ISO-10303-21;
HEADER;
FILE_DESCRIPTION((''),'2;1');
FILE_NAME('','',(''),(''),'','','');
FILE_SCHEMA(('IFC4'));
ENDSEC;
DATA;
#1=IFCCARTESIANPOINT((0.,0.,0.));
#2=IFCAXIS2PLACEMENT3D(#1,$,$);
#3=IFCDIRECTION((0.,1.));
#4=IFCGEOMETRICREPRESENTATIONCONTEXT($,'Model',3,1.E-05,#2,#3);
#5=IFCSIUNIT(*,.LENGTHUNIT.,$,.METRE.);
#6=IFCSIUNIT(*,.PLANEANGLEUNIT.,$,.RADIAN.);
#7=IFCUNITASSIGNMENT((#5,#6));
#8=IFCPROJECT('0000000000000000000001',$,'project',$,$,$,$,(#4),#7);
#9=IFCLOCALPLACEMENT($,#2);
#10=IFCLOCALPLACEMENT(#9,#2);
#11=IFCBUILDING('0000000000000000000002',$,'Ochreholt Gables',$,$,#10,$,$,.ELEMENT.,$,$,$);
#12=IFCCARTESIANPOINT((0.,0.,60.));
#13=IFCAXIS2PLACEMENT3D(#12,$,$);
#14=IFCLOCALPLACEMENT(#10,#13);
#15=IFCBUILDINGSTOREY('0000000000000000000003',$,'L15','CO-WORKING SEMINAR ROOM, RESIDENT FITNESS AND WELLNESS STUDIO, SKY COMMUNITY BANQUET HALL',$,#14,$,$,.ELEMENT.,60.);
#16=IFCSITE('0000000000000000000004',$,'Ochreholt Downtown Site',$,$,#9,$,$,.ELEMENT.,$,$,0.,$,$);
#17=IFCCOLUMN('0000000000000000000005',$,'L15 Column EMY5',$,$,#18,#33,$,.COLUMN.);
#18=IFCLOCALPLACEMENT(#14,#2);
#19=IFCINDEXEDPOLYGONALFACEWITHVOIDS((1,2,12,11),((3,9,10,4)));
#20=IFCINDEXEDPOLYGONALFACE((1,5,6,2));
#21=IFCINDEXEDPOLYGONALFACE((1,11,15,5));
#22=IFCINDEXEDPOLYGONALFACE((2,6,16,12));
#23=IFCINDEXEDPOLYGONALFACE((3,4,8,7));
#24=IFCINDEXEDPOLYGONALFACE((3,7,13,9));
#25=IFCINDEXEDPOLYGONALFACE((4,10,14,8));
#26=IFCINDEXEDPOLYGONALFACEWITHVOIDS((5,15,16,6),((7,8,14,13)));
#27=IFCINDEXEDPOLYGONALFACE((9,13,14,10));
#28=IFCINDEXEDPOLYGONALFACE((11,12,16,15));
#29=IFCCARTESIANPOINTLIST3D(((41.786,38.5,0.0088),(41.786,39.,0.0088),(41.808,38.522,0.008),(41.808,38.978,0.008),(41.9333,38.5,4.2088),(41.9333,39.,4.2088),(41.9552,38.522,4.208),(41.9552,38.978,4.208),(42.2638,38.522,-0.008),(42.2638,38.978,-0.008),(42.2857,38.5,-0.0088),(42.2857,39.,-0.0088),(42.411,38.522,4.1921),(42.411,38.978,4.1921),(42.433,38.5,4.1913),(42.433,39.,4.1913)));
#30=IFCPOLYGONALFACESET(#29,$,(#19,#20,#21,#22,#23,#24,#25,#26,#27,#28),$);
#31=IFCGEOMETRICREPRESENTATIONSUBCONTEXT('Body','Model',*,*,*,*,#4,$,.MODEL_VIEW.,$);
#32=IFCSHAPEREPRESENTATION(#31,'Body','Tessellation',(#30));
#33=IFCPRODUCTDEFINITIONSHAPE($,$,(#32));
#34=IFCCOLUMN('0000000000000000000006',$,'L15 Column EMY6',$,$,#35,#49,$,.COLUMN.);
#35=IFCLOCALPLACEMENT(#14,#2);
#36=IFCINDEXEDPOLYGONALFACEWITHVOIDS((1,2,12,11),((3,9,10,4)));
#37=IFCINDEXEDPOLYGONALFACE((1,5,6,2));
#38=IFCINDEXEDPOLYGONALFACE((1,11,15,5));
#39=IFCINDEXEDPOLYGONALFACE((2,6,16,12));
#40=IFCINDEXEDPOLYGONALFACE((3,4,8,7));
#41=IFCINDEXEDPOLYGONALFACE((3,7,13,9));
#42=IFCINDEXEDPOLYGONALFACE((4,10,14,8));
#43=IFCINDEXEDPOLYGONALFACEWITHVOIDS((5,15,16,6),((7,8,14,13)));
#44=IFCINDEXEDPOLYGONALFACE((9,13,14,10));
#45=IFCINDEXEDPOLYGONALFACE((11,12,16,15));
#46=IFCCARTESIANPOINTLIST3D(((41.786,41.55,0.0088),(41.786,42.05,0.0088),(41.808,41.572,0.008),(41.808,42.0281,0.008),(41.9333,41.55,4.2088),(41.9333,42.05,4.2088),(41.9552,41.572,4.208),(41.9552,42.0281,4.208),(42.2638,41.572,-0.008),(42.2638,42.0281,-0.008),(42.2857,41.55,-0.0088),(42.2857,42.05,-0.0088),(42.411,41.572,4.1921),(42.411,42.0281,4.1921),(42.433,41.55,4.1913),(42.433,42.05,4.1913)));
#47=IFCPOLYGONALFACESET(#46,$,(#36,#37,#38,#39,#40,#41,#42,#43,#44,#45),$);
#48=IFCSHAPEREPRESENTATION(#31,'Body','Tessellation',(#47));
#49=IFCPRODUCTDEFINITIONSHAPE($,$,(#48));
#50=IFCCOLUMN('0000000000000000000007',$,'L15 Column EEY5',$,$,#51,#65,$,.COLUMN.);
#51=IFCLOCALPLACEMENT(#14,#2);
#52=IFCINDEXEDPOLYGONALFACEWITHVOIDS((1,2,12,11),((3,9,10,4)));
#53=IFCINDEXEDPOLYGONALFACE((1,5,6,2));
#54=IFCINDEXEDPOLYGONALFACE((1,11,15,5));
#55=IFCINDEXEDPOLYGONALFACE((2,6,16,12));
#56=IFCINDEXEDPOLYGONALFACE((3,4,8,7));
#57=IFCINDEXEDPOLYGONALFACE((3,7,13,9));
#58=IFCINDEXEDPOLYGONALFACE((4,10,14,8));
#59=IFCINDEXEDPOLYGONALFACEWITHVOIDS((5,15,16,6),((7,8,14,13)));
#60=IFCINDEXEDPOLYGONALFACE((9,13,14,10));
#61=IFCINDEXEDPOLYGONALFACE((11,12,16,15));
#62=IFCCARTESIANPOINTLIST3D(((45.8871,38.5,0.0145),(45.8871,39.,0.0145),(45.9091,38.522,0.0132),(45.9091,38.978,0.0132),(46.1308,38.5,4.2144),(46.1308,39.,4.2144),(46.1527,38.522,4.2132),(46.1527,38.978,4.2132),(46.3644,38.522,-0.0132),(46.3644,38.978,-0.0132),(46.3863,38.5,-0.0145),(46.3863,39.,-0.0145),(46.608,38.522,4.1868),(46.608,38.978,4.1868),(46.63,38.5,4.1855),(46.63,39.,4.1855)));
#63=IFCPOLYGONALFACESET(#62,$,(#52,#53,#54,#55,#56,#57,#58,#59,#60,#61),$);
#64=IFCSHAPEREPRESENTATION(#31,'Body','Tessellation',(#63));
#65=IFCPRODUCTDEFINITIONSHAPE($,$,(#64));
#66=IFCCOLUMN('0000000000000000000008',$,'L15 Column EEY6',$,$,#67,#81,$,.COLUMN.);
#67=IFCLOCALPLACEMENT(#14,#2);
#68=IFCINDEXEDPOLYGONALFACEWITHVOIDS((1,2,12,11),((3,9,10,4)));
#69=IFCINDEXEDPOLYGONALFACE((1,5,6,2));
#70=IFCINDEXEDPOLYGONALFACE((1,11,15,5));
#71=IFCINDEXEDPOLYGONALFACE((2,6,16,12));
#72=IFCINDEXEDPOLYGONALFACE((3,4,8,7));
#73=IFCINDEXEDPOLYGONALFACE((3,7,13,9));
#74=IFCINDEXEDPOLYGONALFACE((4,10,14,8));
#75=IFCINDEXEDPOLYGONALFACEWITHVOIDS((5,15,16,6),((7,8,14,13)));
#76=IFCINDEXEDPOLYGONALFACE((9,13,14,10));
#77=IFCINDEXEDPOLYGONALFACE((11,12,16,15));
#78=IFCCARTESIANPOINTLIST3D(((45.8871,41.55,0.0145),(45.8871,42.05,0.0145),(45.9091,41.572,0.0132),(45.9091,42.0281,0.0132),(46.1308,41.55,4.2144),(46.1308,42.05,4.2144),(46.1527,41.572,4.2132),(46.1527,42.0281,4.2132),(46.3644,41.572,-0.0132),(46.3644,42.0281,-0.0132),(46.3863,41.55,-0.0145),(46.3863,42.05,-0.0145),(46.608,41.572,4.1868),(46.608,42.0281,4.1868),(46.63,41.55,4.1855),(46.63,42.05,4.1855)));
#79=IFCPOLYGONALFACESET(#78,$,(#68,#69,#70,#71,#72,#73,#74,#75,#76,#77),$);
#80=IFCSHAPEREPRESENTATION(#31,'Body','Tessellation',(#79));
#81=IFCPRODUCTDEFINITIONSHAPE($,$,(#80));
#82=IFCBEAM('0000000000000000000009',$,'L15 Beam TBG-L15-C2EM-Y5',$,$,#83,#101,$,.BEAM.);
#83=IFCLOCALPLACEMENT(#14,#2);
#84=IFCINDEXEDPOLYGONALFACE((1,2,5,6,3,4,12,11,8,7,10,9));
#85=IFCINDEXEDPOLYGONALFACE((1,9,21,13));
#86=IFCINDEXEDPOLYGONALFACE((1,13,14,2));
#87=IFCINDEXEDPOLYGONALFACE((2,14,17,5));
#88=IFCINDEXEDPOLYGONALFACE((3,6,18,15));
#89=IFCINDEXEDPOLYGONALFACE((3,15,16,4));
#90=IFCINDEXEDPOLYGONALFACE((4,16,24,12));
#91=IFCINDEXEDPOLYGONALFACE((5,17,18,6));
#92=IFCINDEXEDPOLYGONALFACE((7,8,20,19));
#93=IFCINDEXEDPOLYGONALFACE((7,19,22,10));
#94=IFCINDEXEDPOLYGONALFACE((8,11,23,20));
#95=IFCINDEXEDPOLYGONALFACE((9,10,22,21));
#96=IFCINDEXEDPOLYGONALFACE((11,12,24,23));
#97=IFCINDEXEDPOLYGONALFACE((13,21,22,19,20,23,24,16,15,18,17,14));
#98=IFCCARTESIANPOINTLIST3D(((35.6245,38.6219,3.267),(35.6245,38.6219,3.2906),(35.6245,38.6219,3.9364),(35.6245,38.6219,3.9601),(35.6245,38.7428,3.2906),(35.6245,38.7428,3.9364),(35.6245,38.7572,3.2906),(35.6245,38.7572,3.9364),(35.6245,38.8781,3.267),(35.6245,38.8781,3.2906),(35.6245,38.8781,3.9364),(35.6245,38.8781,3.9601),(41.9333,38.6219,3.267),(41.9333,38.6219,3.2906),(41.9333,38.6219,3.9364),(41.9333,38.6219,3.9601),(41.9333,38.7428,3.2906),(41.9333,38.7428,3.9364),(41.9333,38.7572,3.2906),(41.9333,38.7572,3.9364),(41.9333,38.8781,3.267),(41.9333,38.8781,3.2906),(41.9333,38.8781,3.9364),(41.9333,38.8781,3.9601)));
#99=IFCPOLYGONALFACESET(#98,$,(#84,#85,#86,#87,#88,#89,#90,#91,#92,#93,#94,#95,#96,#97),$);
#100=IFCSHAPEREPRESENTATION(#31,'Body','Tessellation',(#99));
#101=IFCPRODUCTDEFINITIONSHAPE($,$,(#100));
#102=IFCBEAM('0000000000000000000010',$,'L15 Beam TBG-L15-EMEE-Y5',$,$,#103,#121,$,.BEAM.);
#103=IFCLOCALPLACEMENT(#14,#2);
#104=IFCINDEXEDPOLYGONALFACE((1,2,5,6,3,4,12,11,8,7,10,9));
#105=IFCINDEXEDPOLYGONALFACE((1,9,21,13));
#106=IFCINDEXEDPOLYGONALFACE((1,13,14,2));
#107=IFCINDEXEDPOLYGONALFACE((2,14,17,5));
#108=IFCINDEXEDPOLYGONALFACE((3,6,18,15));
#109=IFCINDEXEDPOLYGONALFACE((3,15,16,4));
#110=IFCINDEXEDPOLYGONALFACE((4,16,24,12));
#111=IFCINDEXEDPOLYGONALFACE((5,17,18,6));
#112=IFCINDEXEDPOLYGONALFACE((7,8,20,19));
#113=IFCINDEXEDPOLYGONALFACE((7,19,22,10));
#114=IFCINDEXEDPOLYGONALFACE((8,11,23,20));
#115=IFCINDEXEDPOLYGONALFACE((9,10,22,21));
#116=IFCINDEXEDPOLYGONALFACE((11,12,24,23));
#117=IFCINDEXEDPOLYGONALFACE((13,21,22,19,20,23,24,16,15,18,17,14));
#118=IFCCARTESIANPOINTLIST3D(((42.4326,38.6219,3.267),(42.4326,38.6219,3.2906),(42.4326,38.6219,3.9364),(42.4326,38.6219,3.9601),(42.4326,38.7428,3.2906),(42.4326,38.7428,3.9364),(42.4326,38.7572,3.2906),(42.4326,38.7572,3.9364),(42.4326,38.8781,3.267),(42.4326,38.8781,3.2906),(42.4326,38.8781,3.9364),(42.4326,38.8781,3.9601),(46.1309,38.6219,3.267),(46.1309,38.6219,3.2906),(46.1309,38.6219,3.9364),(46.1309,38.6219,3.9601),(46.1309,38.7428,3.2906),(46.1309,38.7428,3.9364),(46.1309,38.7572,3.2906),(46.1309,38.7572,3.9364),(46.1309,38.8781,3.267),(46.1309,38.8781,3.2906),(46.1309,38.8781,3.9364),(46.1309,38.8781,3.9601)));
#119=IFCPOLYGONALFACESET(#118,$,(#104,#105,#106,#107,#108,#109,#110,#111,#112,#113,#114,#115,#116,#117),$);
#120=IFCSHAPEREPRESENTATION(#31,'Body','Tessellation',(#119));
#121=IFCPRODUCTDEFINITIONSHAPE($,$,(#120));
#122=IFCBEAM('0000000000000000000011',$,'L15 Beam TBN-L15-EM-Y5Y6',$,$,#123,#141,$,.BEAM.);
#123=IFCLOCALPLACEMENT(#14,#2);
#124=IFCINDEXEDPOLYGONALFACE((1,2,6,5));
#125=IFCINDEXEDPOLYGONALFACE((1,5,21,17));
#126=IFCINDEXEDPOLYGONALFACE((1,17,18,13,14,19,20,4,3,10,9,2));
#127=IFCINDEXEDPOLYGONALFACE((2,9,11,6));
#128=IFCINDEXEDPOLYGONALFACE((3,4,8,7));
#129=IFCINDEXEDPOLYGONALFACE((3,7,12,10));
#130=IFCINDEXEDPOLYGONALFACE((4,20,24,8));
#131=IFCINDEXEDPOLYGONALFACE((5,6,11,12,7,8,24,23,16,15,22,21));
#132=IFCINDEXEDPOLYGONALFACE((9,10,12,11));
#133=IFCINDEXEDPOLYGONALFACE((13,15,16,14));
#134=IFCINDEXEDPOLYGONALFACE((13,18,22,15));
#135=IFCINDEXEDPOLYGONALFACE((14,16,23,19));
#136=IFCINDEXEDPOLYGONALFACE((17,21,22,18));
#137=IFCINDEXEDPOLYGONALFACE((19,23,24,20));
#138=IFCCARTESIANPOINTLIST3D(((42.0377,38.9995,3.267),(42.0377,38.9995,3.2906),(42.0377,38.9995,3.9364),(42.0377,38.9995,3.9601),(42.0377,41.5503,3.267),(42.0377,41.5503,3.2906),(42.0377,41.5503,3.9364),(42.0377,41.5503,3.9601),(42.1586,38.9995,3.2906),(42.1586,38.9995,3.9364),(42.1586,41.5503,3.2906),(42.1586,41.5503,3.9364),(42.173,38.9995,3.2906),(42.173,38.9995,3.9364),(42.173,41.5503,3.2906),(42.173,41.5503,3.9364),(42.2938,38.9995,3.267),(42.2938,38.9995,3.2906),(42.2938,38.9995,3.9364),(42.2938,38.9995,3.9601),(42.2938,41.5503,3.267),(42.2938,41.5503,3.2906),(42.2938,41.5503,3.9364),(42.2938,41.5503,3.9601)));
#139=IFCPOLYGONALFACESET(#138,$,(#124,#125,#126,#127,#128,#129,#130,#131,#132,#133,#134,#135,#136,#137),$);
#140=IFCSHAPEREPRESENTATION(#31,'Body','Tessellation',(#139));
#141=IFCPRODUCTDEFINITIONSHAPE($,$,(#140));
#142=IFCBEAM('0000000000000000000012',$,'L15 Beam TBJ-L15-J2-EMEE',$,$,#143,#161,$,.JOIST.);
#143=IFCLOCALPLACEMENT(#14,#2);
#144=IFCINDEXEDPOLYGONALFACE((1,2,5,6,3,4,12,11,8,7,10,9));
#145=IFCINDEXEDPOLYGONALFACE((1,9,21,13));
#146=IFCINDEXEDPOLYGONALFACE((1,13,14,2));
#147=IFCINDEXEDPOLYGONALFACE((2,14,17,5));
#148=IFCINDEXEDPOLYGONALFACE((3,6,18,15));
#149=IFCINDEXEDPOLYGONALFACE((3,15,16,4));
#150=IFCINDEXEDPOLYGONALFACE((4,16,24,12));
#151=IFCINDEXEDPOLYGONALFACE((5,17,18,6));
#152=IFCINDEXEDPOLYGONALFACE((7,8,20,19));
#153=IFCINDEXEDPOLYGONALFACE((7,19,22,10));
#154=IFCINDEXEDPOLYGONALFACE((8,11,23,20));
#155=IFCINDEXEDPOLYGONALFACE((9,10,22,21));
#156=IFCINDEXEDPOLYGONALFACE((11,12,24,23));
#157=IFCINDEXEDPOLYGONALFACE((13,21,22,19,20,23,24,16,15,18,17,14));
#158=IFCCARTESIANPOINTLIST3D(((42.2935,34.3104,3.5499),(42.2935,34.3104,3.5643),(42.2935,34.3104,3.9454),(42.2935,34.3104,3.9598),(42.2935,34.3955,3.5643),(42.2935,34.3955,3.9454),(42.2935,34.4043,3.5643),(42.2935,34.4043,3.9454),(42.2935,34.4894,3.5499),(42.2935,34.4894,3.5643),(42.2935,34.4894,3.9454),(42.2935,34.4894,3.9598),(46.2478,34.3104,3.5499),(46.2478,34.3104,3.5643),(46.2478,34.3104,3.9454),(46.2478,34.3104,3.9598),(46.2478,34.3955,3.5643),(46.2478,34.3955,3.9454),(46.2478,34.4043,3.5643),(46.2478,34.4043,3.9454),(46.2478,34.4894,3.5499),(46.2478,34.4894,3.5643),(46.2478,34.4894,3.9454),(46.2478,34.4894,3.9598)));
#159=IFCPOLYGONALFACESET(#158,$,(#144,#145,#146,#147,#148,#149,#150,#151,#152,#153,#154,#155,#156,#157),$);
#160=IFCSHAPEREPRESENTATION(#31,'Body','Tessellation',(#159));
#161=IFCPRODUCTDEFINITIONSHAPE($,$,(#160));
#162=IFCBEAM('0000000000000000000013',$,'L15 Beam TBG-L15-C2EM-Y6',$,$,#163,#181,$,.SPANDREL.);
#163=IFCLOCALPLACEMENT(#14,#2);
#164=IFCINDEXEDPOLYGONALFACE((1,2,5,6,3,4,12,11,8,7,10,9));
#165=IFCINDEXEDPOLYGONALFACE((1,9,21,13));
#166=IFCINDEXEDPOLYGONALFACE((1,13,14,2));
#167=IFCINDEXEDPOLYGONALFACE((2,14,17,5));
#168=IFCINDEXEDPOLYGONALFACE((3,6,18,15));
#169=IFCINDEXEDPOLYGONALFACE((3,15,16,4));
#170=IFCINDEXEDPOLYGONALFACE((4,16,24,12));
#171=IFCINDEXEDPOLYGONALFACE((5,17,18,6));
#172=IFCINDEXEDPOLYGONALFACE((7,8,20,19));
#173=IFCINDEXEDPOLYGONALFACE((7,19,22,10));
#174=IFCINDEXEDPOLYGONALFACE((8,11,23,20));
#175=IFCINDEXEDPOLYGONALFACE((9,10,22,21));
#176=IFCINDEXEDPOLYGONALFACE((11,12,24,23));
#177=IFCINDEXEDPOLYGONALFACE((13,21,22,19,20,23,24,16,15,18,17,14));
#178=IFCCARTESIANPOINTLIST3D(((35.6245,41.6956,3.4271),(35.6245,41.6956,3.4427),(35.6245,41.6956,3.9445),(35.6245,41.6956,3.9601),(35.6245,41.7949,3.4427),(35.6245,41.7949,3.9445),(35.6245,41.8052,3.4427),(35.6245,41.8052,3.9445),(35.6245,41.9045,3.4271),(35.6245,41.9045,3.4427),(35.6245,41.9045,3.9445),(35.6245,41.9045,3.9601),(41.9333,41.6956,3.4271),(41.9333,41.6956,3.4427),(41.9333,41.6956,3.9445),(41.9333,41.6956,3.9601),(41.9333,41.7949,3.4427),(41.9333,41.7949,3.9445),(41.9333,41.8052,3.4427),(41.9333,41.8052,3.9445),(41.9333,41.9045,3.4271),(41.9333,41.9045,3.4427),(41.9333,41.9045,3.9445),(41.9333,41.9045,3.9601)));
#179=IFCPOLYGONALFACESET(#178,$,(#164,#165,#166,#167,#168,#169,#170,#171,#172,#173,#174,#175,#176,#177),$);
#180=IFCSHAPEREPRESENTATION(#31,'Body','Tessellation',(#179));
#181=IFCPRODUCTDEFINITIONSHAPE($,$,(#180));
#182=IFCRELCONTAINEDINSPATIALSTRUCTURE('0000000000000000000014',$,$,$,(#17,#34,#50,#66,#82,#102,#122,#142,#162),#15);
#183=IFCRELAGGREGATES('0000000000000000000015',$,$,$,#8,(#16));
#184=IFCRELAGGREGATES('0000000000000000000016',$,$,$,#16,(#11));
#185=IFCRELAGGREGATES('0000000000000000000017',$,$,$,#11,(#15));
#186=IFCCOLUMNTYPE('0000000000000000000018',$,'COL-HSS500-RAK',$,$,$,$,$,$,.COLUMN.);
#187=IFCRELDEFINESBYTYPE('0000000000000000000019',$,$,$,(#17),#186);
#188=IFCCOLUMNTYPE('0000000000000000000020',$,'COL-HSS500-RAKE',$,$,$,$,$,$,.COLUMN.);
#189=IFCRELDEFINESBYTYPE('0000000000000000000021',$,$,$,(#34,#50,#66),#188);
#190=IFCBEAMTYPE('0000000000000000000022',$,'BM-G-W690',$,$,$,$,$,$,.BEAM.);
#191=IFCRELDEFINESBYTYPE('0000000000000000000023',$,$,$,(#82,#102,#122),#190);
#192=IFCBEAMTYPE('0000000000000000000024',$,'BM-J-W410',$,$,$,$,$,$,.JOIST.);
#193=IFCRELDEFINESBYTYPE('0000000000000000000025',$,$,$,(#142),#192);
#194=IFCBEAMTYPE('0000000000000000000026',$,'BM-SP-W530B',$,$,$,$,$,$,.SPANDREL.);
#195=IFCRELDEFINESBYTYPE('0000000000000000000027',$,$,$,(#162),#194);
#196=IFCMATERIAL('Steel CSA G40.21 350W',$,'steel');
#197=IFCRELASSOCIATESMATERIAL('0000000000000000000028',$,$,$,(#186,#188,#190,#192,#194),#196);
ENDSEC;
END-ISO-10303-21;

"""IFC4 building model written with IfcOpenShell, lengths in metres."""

from ifc_helpers import new_model, si_unit, direction, frame, origin, origin_2d, place, context, subcontext, project, spatial, hollow_rectangle, i_section, extrude, material, material_profile, profile_set, type_object, element, save


model = new_model("IFC4")

# Units and contexts
model_context = context("Model", 3, precision=1e-05, world=origin(), true_north=direction((0.0, 1.0)))
body_context = subcontext(model_context, "Body", "Model", "MODEL_VIEW")
ifc_project = project(units=[si_unit("LENGTHUNIT", "METRE"), si_unit("PLANEANGLEUNIT", "RADIAN")], contexts=[model_context])

# Site, building, storey
site_placement = place(None, origin())
site = spatial("IfcSite", under=ifc_project, at=site_placement, Name="Ochreholt Downtown Site", CompositionType="ELEMENT", RefElevation=0.0)
building_placement = place(site_placement, origin())
building = spatial("IfcBuilding", under=site, at=building_placement, Name="Ochreholt Gables", CompositionType="ELEMENT")
storey_placement = place(building_placement, frame((0.0, 0.0, 60.0)))
storey = spatial("IfcBuildingStorey", under=building, at=storey_placement, Name="L15", Description="CO-WORKING SEMINAR ROOM, RESIDENT FITNESS AND WELLNESS STUDIO, SKY COMMUNITY BANQUET HALL", CompositionType="ELEMENT", Elevation=60.0)

# Columns
ifc_material_1 = material(Name="Steel CSA G40.21 350W", Category="steel")
ifc_material_profile_1 = material_profile(ifc_material_1, hollow_rectangle(XDim=0.5, YDim=0.5, WallThickness=0.022, at=origin_2d()), Name="HSS500X500X22")
ifc_profile_set_1 = profile_set([ifc_material_profile_1], Name="Steel CSA G40.21 350W")
column_type_1 = type_object("IfcColumnType", Name="COL-HSS500-RAK", PredefinedType="COLUMN", material=ifc_profile_set_1)
column_1_placement = place(storey_placement, frame((42.0359, 38.75, 0.0), z_axis=(0.035031, 0.0, 0.999386), x_axis=(0.0, 1.0, 0.0)))
element("IfcColumn", 1, at=column_1_placement, inside=storey, type_object=column_type_1, Name="L15 Column EMY5", PredefinedType="COLUMN", context=body_context, shape_type="SweptSolid", body=[
    extrude(hollow_rectangle(XDim=0.5, YDim=0.5, WallThickness=0.022, at=origin_2d()), origin(), (0.0, 0.0, 1.0), 4.2026),
])
ifc_material_profile_2 = material_profile(ifc_material_1, hollow_rectangle(XDim=0.5, YDim=0.5, WallThickness=0.022, at=origin_2d()), Name="HSS500X500X22")
ifc_profile_set_2 = profile_set([ifc_material_profile_2], Name="Steel CSA G40.21 350W")
column_type_2 = type_object("IfcColumnType", Name="COL-HSS500-RAKE", PredefinedType="COLUMN", material=ifc_profile_set_2)
column_2_placement = place(storey_placement, frame((42.0359, 41.8, 0.0), z_axis=(0.035031, 0.0, 0.999386), x_axis=(0.0, 1.0, 0.0)))
element("IfcColumn", 2, at=column_2_placement, inside=storey, type_object=column_type_2, Name="L15 Column EMY6", PredefinedType="COLUMN", context=body_context, shape_type="SweptSolid", body=[
    extrude(hollow_rectangle(XDim=0.5, YDim=0.5, WallThickness=0.022, at=origin_2d()), origin(), (0.0, 0.0, 1.0), 4.2026),
])
for number, where, z_axis, x_axis, name in (
    (3, (46.1367, 38.75, 0.0), (0.057916, 0.0, 0.998321), (0.0, 1.0, 0.0), "L15 Column EEY5"),
    (4, (46.1367, 41.8, 0.0), (0.057916, 0.0, 0.998321), (0.0, 1.0, 0.0), "L15 Column EEY6"),
):
    element("IfcColumn", number, at=place(storey_placement, frame(where, z_axis=z_axis, x_axis=x_axis)), inside=storey, type_object=column_type_2, Name=name, PredefinedType="COLUMN", context=body_context, shape_type="SweptSolid", body=[
        extrude(hollow_rectangle(XDim=0.5, YDim=0.5, WallThickness=0.022, at=origin_2d()), origin(), (0.0, 0.0, 1.0), 4.207),
    ])

# Beams
ifc_material_profile_3 = material_profile(ifc_material_1, i_section(OverallWidth=0.2561, OverallDepth=0.6931, WebThickness=0.0144, FlangeThickness=0.0237, at=origin_2d()), Name="W690X170")
ifc_profile_set_3 = profile_set([ifc_material_profile_3], Name="Steel CSA G40.21 350W")
beam_type_1 = type_object("IfcBeamType", Name="BM-G-W690", PredefinedType="BEAM", material=ifc_profile_set_3)
beam_1_placement = place(storey_placement, frame((35.6245, 38.75, 3.6135), z_axis=(1.0, 0.0, 0.0), x_axis=(0.0, 1.0, 0.0)))
element("IfcBeam", 5, at=beam_1_placement, inside=storey, type_object=beam_type_1, Name="L15 Beam TBG-L15-C2EM-Y5", PredefinedType="BEAM", context=body_context, shape_type="SweptSolid", body=[
    extrude(i_section(OverallWidth=0.2561, OverallDepth=0.6931, WebThickness=0.0144, FlangeThickness=0.0237, at=origin_2d()), origin(), (0.0, 0.0, 1.0), 6.3088),
])
beam_2_placement = place(storey_placement, frame((42.4326, 38.75, 3.6135), z_axis=(1.0, 0.0, 0.0), x_axis=(0.0, 1.0, 0.0)))
element("IfcBeam", 6, at=beam_2_placement, inside=storey, type_object=beam_type_1, Name="L15 Beam TBG-L15-EMEE-Y5", PredefinedType="BEAM", context=body_context, shape_type="SweptSolid", body=[
    extrude(i_section(OverallWidth=0.2561, OverallDepth=0.6931, WebThickness=0.0144, FlangeThickness=0.0237, at=origin_2d()), origin(), (0.0, 0.0, 1.0), 3.6982),
])
beam_3_placement = place(storey_placement, frame((42.1658, 38.9995, 3.6135), z_axis=(0.0, 1.0, 0.0), x_axis=(-1.0, 0.0, 0.0)))
element("IfcBeam", 7, at=beam_3_placement, inside=storey, type_object=beam_type_1, Name="L15 Beam TBN-L15-EM-Y5Y6", PredefinedType="BEAM", context=body_context, shape_type="SweptSolid", body=[
    extrude(i_section(OverallWidth=0.2561, OverallDepth=0.6931, WebThickness=0.0144, FlangeThickness=0.0237, at=origin_2d()), origin(), (0.0, 0.0, 1.0), 2.5508),
])
ifc_material_profile_4 = material_profile(ifc_material_1, i_section(OverallWidth=0.179, OverallDepth=0.4099, WebThickness=0.0088, FlangeThickness=0.0144, at=origin_2d()), Name="W410X67")
ifc_profile_set_4 = profile_set([ifc_material_profile_4], Name="Steel CSA G40.21 350W")
beam_type_2 = type_object("IfcBeamType", Name="BM-J-W410", PredefinedType="JOIST", material=ifc_profile_set_4)
beam_4_placement = place(storey_placement, frame((42.2935, 34.3999, 3.7549), z_axis=(1.0, 0.0, 0.0), x_axis=(0.0, 1.0, 0.0)))
element("IfcBeam", 8, at=beam_4_placement, inside=storey, type_object=beam_type_2, Name="L15 Beam TBJ-L15-J2-EMEE", PredefinedType="JOIST", context=body_context, shape_type="SweptSolid", body=[
    extrude(i_section(OverallWidth=0.179, OverallDepth=0.4099, WebThickness=0.0088, FlangeThickness=0.0144, at=origin_2d()), origin(), (0.0, 0.0, 1.0), 3.9543),
])
ifc_material_profile_5 = material_profile(ifc_material_1, i_section(OverallWidth=0.209, OverallDepth=0.533, WebThickness=0.0103, FlangeThickness=0.0156, at=origin_2d()), Name="W530X92")
ifc_profile_set_5 = profile_set([ifc_material_profile_5], Name="Steel CSA G40.21 350W")
beam_type_3 = type_object("IfcBeamType", Name="BM-SP-W530B", PredefinedType="SPANDREL", material=ifc_profile_set_5)
beam_5_placement = place(storey_placement, frame((35.6245, 41.8, 3.6936), z_axis=(1.0, 0.0, 0.0), x_axis=(0.0, 1.0, 0.0)))
element("IfcBeam", 9, at=beam_5_placement, inside=storey, type_object=beam_type_3, Name="L15 Beam TBG-L15-C2EM-Y6", PredefinedType="SPANDREL", context=body_context, shape_type="SweptSolid", body=[
    extrude(i_section(OverallWidth=0.209, OverallDepth=0.533, WebThickness=0.0103, FlangeThickness=0.0156, at=origin_2d()), origin(), (0.0, 0.0, 1.0), 6.3088),
])

save(model, "model.ifc")
